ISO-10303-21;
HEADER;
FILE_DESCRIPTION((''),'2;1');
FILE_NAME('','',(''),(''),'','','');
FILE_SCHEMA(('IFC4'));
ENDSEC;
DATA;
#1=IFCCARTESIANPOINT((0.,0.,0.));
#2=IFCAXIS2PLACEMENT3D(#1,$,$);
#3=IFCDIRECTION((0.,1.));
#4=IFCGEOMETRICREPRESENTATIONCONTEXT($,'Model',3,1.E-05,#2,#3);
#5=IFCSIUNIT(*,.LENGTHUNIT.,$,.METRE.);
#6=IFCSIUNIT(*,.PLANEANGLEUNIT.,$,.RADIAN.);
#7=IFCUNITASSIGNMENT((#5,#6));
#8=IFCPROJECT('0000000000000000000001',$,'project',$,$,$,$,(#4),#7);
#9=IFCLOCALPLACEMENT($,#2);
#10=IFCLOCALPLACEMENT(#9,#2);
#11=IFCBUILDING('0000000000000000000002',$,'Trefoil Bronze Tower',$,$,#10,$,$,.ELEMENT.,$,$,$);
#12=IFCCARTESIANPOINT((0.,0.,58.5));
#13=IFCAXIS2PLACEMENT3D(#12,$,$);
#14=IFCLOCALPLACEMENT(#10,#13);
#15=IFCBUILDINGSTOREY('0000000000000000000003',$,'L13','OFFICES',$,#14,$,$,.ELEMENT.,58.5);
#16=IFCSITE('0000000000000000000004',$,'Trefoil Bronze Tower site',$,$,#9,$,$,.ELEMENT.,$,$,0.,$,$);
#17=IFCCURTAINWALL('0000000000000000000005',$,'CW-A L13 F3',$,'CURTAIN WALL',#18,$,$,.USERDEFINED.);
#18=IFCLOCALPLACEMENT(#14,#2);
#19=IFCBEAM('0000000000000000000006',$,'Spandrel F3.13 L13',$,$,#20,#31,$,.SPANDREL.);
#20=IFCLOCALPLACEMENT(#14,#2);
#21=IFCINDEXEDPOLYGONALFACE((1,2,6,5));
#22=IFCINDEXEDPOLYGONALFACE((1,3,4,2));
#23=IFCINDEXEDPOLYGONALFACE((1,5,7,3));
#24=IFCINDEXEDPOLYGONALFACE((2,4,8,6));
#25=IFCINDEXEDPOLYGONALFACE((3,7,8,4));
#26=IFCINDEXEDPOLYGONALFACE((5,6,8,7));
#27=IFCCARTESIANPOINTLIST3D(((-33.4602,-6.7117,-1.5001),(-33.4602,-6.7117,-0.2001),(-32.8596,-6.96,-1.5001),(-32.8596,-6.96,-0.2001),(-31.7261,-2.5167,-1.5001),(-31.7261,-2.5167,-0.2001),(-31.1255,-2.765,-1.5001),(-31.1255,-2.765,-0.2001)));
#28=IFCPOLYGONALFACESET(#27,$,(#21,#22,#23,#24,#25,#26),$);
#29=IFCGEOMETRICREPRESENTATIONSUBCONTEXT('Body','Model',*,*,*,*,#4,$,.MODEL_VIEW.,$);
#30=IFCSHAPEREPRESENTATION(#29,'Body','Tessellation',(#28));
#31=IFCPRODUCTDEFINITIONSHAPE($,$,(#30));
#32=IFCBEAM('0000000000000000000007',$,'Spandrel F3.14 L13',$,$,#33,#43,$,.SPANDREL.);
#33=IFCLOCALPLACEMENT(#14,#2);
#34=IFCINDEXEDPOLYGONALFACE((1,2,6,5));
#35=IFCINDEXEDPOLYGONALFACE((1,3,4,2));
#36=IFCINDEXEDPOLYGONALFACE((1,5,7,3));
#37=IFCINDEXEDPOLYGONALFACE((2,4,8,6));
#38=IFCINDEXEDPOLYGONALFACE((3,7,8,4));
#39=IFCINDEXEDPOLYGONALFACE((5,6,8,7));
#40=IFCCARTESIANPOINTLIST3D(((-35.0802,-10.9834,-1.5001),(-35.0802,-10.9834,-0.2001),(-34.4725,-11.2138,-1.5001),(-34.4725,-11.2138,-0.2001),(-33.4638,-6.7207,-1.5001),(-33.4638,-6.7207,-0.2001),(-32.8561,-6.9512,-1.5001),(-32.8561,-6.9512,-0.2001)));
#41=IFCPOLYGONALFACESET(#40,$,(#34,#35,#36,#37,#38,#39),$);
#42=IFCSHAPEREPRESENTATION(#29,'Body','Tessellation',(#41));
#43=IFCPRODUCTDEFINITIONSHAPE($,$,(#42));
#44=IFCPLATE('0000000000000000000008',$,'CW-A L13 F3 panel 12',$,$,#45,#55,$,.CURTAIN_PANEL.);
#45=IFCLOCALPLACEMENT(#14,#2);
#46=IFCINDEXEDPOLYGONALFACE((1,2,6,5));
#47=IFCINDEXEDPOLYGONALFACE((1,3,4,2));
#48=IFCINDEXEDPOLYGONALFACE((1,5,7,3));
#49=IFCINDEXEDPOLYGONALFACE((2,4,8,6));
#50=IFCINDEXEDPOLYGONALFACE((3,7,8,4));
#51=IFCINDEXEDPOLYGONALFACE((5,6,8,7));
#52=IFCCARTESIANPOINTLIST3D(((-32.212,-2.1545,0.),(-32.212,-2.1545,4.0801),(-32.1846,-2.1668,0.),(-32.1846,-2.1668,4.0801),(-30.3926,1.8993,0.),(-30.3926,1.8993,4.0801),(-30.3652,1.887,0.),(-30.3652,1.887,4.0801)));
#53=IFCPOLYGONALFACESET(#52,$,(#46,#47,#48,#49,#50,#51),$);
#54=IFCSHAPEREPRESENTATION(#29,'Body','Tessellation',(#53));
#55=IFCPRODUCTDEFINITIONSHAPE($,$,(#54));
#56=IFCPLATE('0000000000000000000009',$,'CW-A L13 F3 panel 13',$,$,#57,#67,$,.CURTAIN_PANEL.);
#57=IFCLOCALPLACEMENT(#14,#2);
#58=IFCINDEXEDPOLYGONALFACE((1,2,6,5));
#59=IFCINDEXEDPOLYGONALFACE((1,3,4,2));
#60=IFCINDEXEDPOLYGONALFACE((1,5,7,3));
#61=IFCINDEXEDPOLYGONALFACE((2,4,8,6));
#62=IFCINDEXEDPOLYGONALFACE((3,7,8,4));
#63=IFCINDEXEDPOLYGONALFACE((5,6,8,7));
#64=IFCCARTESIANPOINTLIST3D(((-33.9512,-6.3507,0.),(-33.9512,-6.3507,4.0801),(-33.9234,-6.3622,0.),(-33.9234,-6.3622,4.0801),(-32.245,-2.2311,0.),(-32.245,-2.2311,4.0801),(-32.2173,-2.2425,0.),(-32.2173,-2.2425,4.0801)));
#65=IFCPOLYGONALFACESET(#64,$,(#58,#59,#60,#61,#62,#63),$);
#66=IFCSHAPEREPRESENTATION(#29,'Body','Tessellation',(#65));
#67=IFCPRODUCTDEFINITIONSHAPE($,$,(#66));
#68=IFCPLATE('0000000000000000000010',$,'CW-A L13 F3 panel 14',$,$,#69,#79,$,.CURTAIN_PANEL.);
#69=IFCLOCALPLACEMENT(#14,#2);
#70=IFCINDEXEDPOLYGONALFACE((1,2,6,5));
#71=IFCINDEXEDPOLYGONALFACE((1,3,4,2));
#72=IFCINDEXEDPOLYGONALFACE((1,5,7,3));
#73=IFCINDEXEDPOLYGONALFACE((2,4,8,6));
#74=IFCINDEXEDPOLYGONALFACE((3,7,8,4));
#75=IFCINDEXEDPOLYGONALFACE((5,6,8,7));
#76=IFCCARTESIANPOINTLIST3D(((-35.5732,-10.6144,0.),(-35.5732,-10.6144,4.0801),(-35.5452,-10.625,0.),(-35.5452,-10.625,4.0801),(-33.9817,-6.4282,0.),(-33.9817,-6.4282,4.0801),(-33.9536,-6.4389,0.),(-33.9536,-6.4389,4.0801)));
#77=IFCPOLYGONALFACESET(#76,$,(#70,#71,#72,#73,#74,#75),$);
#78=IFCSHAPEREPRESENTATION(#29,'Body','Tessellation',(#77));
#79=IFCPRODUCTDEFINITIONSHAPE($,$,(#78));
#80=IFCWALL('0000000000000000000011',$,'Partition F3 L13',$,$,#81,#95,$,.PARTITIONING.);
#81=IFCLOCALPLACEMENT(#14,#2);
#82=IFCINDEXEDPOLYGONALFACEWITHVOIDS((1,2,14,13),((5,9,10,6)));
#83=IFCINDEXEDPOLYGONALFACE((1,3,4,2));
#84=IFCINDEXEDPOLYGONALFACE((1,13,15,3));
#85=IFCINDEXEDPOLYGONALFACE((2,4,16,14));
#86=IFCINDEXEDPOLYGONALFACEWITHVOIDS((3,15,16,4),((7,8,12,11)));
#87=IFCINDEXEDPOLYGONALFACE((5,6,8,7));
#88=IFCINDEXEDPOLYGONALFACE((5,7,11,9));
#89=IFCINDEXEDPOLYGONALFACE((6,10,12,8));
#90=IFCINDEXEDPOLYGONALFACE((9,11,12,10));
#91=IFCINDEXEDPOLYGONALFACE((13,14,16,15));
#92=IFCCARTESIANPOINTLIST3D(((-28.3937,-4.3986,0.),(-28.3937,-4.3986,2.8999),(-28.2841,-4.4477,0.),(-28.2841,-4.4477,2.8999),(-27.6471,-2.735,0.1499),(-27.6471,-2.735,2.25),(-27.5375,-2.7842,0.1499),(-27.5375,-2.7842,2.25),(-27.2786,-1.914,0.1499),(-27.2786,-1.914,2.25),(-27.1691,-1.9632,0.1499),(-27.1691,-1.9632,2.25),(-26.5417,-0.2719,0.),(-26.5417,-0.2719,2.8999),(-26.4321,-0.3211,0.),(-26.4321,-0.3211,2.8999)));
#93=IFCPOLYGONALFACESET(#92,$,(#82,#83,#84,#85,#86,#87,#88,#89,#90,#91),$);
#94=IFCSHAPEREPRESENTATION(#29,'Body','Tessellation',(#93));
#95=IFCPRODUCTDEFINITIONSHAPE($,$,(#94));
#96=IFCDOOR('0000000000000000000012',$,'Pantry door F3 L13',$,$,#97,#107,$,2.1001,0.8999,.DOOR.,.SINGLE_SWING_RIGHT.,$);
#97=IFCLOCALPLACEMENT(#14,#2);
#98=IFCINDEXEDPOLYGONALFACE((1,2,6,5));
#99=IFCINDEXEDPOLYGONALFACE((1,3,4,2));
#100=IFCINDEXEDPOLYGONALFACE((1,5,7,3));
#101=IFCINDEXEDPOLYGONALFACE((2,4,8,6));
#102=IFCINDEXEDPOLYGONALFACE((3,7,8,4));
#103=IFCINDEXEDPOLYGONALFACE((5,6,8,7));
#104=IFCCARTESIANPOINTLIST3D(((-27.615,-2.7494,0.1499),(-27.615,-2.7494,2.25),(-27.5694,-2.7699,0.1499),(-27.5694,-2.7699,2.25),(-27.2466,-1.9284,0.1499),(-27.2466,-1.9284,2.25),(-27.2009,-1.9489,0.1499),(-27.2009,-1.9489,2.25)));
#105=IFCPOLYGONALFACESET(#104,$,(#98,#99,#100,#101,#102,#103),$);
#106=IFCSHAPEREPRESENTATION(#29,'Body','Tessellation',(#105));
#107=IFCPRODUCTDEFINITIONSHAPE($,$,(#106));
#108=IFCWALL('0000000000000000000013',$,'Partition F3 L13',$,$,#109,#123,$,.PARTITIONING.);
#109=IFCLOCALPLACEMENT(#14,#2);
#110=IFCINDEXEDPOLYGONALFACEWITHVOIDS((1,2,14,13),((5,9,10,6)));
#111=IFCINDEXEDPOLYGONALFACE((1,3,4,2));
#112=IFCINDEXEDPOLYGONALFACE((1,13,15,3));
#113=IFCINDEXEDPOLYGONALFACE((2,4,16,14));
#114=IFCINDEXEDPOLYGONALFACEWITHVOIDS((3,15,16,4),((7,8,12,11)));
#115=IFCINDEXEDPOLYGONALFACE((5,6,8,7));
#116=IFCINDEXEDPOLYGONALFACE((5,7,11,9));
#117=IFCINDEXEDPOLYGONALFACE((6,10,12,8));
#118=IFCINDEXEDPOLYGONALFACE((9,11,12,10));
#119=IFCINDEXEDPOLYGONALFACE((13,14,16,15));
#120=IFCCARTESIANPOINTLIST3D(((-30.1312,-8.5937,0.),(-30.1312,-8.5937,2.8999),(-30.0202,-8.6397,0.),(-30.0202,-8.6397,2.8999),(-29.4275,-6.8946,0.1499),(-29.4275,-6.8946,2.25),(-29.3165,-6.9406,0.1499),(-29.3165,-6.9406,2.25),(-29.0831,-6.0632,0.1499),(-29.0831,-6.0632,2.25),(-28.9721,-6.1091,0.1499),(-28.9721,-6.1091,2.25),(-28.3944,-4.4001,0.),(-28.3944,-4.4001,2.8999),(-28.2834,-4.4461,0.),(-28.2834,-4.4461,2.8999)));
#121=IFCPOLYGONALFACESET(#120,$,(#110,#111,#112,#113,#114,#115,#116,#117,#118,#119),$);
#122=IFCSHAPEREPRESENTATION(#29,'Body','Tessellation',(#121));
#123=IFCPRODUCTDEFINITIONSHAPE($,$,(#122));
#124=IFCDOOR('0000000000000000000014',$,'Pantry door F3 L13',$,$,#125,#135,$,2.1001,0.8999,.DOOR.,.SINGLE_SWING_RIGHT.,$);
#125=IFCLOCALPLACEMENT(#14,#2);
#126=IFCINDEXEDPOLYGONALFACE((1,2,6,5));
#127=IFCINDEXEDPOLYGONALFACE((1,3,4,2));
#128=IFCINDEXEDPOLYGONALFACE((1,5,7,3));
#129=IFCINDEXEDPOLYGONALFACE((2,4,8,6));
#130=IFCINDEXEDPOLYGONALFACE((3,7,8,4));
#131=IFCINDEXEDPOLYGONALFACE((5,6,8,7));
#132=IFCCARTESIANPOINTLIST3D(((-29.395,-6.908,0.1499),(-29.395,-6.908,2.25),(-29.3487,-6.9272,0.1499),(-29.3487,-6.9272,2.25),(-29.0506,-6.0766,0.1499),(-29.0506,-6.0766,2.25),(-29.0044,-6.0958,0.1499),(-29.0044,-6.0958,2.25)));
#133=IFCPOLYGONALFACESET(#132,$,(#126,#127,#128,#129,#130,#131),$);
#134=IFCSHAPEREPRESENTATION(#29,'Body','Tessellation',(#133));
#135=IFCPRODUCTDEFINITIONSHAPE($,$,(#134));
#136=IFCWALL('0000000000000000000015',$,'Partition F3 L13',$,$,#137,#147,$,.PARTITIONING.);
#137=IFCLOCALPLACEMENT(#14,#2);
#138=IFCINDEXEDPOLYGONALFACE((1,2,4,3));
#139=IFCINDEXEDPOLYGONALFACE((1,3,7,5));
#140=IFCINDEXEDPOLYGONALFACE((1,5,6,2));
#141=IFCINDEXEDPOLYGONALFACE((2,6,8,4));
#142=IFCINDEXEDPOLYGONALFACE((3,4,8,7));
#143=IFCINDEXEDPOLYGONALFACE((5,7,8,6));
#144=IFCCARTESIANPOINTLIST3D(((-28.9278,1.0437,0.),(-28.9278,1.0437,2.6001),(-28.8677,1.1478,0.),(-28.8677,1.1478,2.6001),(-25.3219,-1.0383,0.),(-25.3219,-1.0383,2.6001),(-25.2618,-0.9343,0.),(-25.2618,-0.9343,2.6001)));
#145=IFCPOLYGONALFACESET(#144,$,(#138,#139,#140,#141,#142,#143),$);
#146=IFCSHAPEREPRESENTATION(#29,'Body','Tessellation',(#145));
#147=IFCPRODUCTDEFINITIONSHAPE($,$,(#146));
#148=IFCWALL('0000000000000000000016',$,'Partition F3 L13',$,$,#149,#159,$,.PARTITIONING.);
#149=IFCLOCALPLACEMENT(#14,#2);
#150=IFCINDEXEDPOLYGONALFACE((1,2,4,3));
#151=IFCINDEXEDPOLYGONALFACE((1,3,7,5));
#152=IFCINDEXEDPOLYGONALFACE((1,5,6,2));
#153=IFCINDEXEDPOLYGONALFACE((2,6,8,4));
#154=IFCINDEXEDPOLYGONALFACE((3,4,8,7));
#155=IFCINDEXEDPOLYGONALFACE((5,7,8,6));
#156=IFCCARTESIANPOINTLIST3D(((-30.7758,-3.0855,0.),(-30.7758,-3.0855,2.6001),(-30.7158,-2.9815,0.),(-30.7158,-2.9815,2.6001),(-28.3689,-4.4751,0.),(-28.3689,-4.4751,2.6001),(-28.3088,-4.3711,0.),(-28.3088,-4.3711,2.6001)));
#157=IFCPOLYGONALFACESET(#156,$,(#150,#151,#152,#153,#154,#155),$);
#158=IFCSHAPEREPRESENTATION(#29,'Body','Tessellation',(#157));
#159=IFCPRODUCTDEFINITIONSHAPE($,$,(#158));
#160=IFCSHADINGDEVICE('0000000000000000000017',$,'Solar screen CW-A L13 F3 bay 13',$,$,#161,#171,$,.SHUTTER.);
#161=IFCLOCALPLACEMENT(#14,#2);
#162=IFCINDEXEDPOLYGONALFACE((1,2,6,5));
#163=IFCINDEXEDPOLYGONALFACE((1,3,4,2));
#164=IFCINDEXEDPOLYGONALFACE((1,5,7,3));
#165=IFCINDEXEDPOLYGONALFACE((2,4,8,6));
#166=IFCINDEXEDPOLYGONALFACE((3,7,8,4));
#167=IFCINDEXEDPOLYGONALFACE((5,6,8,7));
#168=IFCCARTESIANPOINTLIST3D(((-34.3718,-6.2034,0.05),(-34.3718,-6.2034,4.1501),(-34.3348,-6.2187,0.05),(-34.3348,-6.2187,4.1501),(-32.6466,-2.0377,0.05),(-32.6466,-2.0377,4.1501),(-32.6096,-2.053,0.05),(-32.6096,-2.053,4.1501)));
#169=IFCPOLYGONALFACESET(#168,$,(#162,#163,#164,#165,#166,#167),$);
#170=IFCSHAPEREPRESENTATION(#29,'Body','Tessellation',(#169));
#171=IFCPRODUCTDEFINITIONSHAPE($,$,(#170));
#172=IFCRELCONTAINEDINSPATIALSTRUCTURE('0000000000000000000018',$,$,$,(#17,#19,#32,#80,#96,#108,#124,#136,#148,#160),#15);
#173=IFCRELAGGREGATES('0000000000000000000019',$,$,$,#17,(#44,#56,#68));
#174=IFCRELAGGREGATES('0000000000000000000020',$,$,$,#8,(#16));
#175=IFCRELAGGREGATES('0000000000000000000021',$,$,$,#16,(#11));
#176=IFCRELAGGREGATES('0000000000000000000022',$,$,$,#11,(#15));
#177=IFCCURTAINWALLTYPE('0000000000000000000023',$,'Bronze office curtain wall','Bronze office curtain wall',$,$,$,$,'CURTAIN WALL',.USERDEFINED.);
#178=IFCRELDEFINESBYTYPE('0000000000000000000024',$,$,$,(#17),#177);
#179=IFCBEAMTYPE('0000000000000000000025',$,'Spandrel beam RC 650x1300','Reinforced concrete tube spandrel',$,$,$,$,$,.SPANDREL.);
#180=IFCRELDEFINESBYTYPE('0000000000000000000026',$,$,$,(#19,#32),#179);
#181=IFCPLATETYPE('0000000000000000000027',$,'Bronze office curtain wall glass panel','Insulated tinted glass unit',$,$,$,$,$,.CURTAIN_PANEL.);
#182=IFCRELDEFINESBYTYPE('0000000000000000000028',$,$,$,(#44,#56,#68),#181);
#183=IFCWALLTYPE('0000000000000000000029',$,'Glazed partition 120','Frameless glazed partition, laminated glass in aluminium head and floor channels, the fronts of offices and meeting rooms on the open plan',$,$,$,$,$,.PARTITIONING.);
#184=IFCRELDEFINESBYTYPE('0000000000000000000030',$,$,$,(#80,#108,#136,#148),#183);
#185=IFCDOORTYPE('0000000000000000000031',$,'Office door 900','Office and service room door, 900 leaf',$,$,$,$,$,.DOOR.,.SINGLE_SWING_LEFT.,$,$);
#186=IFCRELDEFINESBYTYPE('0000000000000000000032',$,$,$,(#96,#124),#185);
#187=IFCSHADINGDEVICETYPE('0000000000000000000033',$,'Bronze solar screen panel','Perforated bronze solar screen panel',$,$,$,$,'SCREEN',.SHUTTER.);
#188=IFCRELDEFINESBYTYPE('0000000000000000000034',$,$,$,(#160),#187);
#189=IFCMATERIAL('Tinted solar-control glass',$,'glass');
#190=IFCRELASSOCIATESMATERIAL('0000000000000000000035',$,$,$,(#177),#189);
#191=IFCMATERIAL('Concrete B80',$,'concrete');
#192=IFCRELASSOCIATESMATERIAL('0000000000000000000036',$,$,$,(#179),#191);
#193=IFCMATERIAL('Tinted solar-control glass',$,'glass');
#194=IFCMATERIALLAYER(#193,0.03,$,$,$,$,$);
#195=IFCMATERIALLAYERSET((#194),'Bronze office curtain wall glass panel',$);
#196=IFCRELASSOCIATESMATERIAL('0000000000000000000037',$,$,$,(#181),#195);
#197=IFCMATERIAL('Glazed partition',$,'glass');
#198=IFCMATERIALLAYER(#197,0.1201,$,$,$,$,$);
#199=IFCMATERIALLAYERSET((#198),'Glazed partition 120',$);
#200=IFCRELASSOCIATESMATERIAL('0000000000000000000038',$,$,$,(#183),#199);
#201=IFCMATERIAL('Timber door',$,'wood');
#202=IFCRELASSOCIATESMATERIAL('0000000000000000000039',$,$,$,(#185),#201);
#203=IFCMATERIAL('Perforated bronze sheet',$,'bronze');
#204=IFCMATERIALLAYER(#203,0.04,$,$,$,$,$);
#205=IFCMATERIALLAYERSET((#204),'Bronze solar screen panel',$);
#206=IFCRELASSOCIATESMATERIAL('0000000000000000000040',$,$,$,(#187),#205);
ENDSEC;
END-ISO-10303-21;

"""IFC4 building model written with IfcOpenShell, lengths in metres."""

from ifc_helpers import new_model, si_unit, direction, frame, frame_2d, origin, origin_2d, place, context, subcontext, project, spatial, rectangle, extrude, material, layer, layer_set, material_profile, profile_set, type_object, element, fill, aggregate, save


model = new_model("IFC4")

# Units and contexts
model_context = context("Model", 3, precision=1e-05, world=origin(), true_north=direction((0.0, 1.0)))
body_context = subcontext(model_context, "Body", "Model", "MODEL_VIEW")
ifc_project = project(units=[si_unit("LENGTHUNIT", "METRE"), si_unit("PLANEANGLEUNIT", "RADIAN")], contexts=[model_context])

# Site, building, storey
site_placement = place(None, origin())
site = spatial("IfcSite", under=ifc_project, at=site_placement, Name="Trefoil Bronze Tower site", CompositionType="ELEMENT", RefElevation=0.0)
building_placement = place(site_placement, origin())
building = spatial("IfcBuilding", under=site, at=building_placement, Name="Trefoil Bronze Tower", CompositionType="ELEMENT")
storey_placement = place(building_placement, frame((0.0, 0.0, 58.5)))
storey = spatial("IfcBuildingStorey", under=building, at=storey_placement, Name="L13", Description="OFFICES", CompositionType="ELEMENT", Elevation=58.5)

# Curtain wall
ifc_material_1 = material(Name="Tinted solar-control glass", Category="glass")
curtain_wall_type = type_object("IfcCurtainWallType", Name="Bronze office curtain wall", Description="Bronze office curtain wall", ElementType="CURTAIN WALL", PredefinedType="USERDEFINED", material=ifc_material_1)
curtain_wall_placement = place(storey_placement, origin())
curtain_wall = element("IfcCurtainWall", 1, at=curtain_wall_placement, inside=storey, type_object=curtain_wall_type, Name="CW-A L13 F3", ObjectType="CURTAIN WALL", PredefinedType="USERDEFINED")

# Beams
ifc_material_2 = material(Name="Concrete B80", Category="concrete")
ifc_material_profile_1 = material_profile(ifc_material_2, rectangle(XDim=0.6499, YDim=1.3, at=origin_2d()), Name="RC 650x1300")
ifc_profile_set_1 = profile_set([ifc_material_profile_1], Name="Concrete B80")
beam_type_1 = type_object("IfcBeamType", Name="Spandrel beam RC 650x1300", Description="Reinforced concrete tube spandrel", PredefinedType="SPANDREL", material=ifc_profile_set_1)
beam_1_placement = place(storey_placement, frame((-31.4258, -2.6409, -0.8501), z_axis=(-0.382021, -0.924154, 0.0), x_axis=(0.924154, -0.382021, 0.0)))
element("IfcBeam", 2, at=beam_1_placement, inside=storey, type_object=beam_type_1, Name="Spandrel F3.13 L13", PredefinedType="SPANDREL", context=body_context, shape_type="SweptSolid", body=[
    extrude(rectangle(XDim=0.6499, YDim=1.3, at=origin_2d()), origin(), (0.0, 0.0, 1.0), 4.5393),
])
beam_2_placement = place(storey_placement, frame((-33.1599, -6.8359, -0.8501), z_axis=(-0.354572, -0.935029, 0.0), x_axis=(0.935029, -0.354572, 0.0)))
element("IfcBeam", 3, at=beam_2_placement, inside=storey, type_object=beam_type_1, Name="Spandrel F3.14 L13", PredefinedType="SPANDREL", context=body_context, shape_type="SweptSolid", body=[
    extrude(rectangle(XDim=0.6499, YDim=1.3, at=origin_2d()), origin(), (0.0, 0.0, 1.0), 4.5588),
])

# Plates
ifc_material_3 = material(Name="Tinted solar-control glass", Category="glass")
ifc_layer_1 = layer(ifc_material_3, 0.03)
ifc_layer_set_1 = layer_set([ifc_layer_1], Name="Bronze office curtain wall glass panel")
plate_type = type_object("IfcPlateType", Name="Bronze office curtain wall glass panel", Description="Insulated tinted glass unit", PredefinedType="CURTAIN_PANEL", material=ifc_layer_set_1)
plate_1_placement = place(storey_placement, frame((-31.2886, -0.1338, 0.0), z_axis=(0.0, 0.0, 1.0), x_axis=(-0.409456, -0.91233, 0.0)))
plate_1 = element("IfcPlate", 4, at=plate_1_placement, type_object=plate_type, Name="CW-A L13 F3 panel 12", PredefinedType="CURTAIN_PANEL", context=body_context, shape_type="SweptSolid", body=[
    extrude(rectangle(XDim=4.4434, YDim=0.03, at=origin_2d()), origin(), (0.0, 0.0, 1.0), 4.0801),
])
plate_2_placement = place(storey_placement, frame((-33.0842, -4.2966, 0.0), z_axis=(0.0, 0.0, 1.0), x_axis=(-0.38263, -0.923902, 0.0)))
plate_2 = element("IfcPlate", 5, at=plate_2_placement, type_object=plate_type, Name="CW-A L13 F3 panel 13", PredefinedType="CURTAIN_PANEL", context=body_context, shape_type="SweptSolid", body=[
    extrude(rectangle(XDim=4.459, YDim=0.03, at=origin_2d()), origin(), (0.0, 0.0, 1.0), 4.0801),
])
plate_3_placement = place(storey_placement, frame((-34.7634, -8.5266, 0.0), z_axis=(0.0, 0.0, 1.0), x_axis=(-0.355371, -0.934725, 0.0)))
plate_3 = element("IfcPlate", 6, at=plate_3_placement, type_object=plate_type, Name="CW-A L13 F3 panel 14", PredefinedType="CURTAIN_PANEL", context=body_context, shape_type="SweptSolid", body=[
    extrude(rectangle(XDim=4.4785, YDim=0.03, at=origin_2d()), origin(), (0.0, 0.0, 1.0), 4.0801),
])
aggregate(curtain_wall, [plate_1, plate_2, plate_3])

# Walls, openings, doors
ifc_material_4 = material(Name="Glazed partition", Category="glass")
ifc_layer_2 = layer(ifc_material_4, 0.1201)
ifc_layer_set_2 = layer_set([ifc_layer_2], Name="Glazed partition 120")
wall_type = type_object("IfcWallType", Name="Glazed partition 120", Description="Frameless glazed partition, laminated glass in aluminium head and floor channels, the fronts of offices and meeting rooms on the open plan", PredefinedType="PARTITIONING", material=ifc_layer_set_2)
wall_1_placement = place(storey_placement, frame((-26.4868, -0.2964, 0.0), z_axis=(0.0, 0.0, 1.0), x_axis=(-0.409451, -0.912332, 0.0)))
wall_1 = element("IfcWall", 7, at=wall_1_placement, inside=storey, type_object=wall_type, Name="Partition F3 L13", PredefinedType="PARTITIONING", context=body_context, shape_type="SweptSolid", body=[
    extrude(rectangle(XDim=4.5232, YDim=0.1201, at=frame_2d((2.2617, 0.0))), origin(), (0.0, 0.0, 1.0), 2.8999),
])
opening_1_placement = place(wall_1_placement, frame((1.8, 0.0, 0.1499)))
opening_1 = element("IfcOpeningElement", 8, at=opening_1_placement, cuts=wall_1, PredefinedType="OPENING", context=body_context, shape_type="SweptSolid", body=[
    extrude(rectangle(XDim=0.8999, YDim=2.1001, at=frame_2d((0.45, 1.05))), frame((0.0, 0.0701, 0.0), z_axis=(0.0, -1.0, 0.0), x_axis=(1.0, 0.0, 0.0)), (0.0, 0.0, 1.0), 0.1401),
])
ifc_material_5 = material(Name="Timber door", Category="wood")
door_type = type_object("IfcDoorType", Name="Office door 900", Description="Office and service room door, 900 leaf", OperationType="SINGLE_SWING_LEFT", PredefinedType="DOOR", material=ifc_material_5)
door_1_placement = place(opening_1_placement, frame((0.8999, 0.0, 0.0), z_axis=(0.0, 0.0, 1.0), x_axis=(-1.0, 0.0, 0.0)))
door_1 = element("IfcDoor", 9, at=door_1_placement, inside=storey, type_object=door_type, Name="Pantry door F3 L13", OperationType="SINGLE_SWING_RIGHT", OverallHeight=2.1001, OverallWidth=0.8999, PredefinedType="DOOR", context=body_context, shape_type="SweptSolid", body=[
    extrude(rectangle(XDim=0.8999, YDim=2.1001, at=frame_2d((0.45, 1.05))), frame((0.0, 0.0249, 0.0), z_axis=(0.0, -1.0, 0.0), x_axis=(1.0, 0.0, 0.0)), (0.0, 0.0, 1.0), 0.05),
])
fill(opening_1, door_1)
wall_2_placement = place(storey_placement, frame((-28.3389, -4.4231, 0.0), z_axis=(0.0, 0.0, 1.0), x_axis=(-0.38264, -0.923898, 0.0)))
wall_2 = element("IfcWall", 10, at=wall_2_placement, inside=storey, type_object=wall_type, Name="Partition F3 L13", PredefinedType="PARTITIONING", context=body_context, shape_type="SweptSolid", body=[
    extrude(rectangle(XDim=4.5391, YDim=0.1201, at=frame_2d((2.2695, 0.0))), origin(), (0.0, 0.0, 1.0), 2.8999),
])
opening_2_placement = place(wall_2_placement, frame((1.8, 0.0, 0.1499)))
opening_2 = element("IfcOpeningElement", 11, at=opening_2_placement, cuts=wall_2, PredefinedType="OPENING", context=body_context, shape_type="SweptSolid", body=[
    extrude(rectangle(XDim=0.8999, YDim=2.1001, at=frame_2d((0.45, 1.05))), frame((0.0, 0.0701, 0.0), z_axis=(0.0, -1.0, 0.0), x_axis=(1.0, 0.0, 0.0)), (0.0, 0.0, 1.0), 0.1401),
])
door_2_placement = place(opening_2_placement, frame((0.8999, 0.0, 0.0), z_axis=(0.0, 0.0, 1.0), x_axis=(-1.0, 0.0, 0.0)))
door_2 = element("IfcDoor", 12, at=door_2_placement, inside=storey, type_object=door_type, Name="Pantry door F3 L13", OperationType="SINGLE_SWING_RIGHT", OverallHeight=2.1001, OverallWidth=0.8999, PredefinedType="DOOR", context=body_context, shape_type="SweptSolid", body=[
    extrude(rectangle(XDim=0.8999, YDim=2.1001, at=frame_2d((0.45, 1.05))), frame((0.0, 0.0249, 0.0), z_axis=(0.0, -1.0, 0.0), x_axis=(1.0, 0.0, 0.0)), (0.0, 0.0, 1.0), 0.05),
])
fill(opening_2, door_2)

# Walls
wall_3_placement = place(storey_placement, frame((-25.2917, -0.9863, 0.0), z_axis=(0.0, 0.0, 1.0), x_axis=(-0.866012, 0.500024, 0.0)))
element("IfcWall", 13, at=wall_3_placement, inside=storey, type_object=wall_type, Name="Partition F3 L13", PredefinedType="PARTITIONING", context=body_context, shape_type="SweptSolid", body=[
    extrude(rectangle(XDim=4.1638, YDim=0.1201, at=frame_2d((2.082, 0.0))), origin(), (0.0, 0.0, 1.0), 2.6001),
])
wall_4_placement = place(storey_placement, frame((-28.3389, -4.4231, 0.0), z_axis=(0.0, 0.0, 1.0), x_axis=(-0.866029, 0.499994, 0.0)))
element("IfcWall", 14, at=wall_4_placement, inside=storey, type_object=wall_type, Name="Partition F3 L13", PredefinedType="PARTITIONING", context=body_context, shape_type="SweptSolid", body=[
    extrude(rectangle(XDim=2.7793, YDim=0.1201, at=frame_2d((1.3896, 0.0))), origin(), (0.0, 0.0, 1.0), 2.6001),
])

# Shading device
ifc_material_6 = material(Name="Perforated bronze sheet", Category="bronze")
ifc_layer_3 = layer(ifc_material_6, 0.04)
ifc_layer_set_3 = layer_set([ifc_layer_3], Name="Bronze solar screen panel")
shading_device_type = type_object("IfcShadingDeviceType", Name="Bronze solar screen panel", Description="Perforated bronze solar screen panel", ElementType="SCREEN", PredefinedType="SHUTTER", material=ifc_layer_set_3)
shading_device_1_placement = place(storey_placement, frame((-33.4907, -4.1282, 0.05), z_axis=(0.0, 0.0, 1.0), x_axis=(-0.38263, -0.923902, 0.0)))
element("IfcShadingDevice", 15, at=shading_device_1_placement, inside=storey, type_object=shading_device_type, Name="Solar screen CW-A L13 F3 bay 13", PredefinedType="SHUTTER", context=body_context, shape_type="SweptSolid", body=[
    extrude(rectangle(XDim=4.5088, YDim=0.04, at=origin_2d()), origin(), (0.0, 0.0, 1.0), 4.1001),
])

save(model, "model.ifc")
